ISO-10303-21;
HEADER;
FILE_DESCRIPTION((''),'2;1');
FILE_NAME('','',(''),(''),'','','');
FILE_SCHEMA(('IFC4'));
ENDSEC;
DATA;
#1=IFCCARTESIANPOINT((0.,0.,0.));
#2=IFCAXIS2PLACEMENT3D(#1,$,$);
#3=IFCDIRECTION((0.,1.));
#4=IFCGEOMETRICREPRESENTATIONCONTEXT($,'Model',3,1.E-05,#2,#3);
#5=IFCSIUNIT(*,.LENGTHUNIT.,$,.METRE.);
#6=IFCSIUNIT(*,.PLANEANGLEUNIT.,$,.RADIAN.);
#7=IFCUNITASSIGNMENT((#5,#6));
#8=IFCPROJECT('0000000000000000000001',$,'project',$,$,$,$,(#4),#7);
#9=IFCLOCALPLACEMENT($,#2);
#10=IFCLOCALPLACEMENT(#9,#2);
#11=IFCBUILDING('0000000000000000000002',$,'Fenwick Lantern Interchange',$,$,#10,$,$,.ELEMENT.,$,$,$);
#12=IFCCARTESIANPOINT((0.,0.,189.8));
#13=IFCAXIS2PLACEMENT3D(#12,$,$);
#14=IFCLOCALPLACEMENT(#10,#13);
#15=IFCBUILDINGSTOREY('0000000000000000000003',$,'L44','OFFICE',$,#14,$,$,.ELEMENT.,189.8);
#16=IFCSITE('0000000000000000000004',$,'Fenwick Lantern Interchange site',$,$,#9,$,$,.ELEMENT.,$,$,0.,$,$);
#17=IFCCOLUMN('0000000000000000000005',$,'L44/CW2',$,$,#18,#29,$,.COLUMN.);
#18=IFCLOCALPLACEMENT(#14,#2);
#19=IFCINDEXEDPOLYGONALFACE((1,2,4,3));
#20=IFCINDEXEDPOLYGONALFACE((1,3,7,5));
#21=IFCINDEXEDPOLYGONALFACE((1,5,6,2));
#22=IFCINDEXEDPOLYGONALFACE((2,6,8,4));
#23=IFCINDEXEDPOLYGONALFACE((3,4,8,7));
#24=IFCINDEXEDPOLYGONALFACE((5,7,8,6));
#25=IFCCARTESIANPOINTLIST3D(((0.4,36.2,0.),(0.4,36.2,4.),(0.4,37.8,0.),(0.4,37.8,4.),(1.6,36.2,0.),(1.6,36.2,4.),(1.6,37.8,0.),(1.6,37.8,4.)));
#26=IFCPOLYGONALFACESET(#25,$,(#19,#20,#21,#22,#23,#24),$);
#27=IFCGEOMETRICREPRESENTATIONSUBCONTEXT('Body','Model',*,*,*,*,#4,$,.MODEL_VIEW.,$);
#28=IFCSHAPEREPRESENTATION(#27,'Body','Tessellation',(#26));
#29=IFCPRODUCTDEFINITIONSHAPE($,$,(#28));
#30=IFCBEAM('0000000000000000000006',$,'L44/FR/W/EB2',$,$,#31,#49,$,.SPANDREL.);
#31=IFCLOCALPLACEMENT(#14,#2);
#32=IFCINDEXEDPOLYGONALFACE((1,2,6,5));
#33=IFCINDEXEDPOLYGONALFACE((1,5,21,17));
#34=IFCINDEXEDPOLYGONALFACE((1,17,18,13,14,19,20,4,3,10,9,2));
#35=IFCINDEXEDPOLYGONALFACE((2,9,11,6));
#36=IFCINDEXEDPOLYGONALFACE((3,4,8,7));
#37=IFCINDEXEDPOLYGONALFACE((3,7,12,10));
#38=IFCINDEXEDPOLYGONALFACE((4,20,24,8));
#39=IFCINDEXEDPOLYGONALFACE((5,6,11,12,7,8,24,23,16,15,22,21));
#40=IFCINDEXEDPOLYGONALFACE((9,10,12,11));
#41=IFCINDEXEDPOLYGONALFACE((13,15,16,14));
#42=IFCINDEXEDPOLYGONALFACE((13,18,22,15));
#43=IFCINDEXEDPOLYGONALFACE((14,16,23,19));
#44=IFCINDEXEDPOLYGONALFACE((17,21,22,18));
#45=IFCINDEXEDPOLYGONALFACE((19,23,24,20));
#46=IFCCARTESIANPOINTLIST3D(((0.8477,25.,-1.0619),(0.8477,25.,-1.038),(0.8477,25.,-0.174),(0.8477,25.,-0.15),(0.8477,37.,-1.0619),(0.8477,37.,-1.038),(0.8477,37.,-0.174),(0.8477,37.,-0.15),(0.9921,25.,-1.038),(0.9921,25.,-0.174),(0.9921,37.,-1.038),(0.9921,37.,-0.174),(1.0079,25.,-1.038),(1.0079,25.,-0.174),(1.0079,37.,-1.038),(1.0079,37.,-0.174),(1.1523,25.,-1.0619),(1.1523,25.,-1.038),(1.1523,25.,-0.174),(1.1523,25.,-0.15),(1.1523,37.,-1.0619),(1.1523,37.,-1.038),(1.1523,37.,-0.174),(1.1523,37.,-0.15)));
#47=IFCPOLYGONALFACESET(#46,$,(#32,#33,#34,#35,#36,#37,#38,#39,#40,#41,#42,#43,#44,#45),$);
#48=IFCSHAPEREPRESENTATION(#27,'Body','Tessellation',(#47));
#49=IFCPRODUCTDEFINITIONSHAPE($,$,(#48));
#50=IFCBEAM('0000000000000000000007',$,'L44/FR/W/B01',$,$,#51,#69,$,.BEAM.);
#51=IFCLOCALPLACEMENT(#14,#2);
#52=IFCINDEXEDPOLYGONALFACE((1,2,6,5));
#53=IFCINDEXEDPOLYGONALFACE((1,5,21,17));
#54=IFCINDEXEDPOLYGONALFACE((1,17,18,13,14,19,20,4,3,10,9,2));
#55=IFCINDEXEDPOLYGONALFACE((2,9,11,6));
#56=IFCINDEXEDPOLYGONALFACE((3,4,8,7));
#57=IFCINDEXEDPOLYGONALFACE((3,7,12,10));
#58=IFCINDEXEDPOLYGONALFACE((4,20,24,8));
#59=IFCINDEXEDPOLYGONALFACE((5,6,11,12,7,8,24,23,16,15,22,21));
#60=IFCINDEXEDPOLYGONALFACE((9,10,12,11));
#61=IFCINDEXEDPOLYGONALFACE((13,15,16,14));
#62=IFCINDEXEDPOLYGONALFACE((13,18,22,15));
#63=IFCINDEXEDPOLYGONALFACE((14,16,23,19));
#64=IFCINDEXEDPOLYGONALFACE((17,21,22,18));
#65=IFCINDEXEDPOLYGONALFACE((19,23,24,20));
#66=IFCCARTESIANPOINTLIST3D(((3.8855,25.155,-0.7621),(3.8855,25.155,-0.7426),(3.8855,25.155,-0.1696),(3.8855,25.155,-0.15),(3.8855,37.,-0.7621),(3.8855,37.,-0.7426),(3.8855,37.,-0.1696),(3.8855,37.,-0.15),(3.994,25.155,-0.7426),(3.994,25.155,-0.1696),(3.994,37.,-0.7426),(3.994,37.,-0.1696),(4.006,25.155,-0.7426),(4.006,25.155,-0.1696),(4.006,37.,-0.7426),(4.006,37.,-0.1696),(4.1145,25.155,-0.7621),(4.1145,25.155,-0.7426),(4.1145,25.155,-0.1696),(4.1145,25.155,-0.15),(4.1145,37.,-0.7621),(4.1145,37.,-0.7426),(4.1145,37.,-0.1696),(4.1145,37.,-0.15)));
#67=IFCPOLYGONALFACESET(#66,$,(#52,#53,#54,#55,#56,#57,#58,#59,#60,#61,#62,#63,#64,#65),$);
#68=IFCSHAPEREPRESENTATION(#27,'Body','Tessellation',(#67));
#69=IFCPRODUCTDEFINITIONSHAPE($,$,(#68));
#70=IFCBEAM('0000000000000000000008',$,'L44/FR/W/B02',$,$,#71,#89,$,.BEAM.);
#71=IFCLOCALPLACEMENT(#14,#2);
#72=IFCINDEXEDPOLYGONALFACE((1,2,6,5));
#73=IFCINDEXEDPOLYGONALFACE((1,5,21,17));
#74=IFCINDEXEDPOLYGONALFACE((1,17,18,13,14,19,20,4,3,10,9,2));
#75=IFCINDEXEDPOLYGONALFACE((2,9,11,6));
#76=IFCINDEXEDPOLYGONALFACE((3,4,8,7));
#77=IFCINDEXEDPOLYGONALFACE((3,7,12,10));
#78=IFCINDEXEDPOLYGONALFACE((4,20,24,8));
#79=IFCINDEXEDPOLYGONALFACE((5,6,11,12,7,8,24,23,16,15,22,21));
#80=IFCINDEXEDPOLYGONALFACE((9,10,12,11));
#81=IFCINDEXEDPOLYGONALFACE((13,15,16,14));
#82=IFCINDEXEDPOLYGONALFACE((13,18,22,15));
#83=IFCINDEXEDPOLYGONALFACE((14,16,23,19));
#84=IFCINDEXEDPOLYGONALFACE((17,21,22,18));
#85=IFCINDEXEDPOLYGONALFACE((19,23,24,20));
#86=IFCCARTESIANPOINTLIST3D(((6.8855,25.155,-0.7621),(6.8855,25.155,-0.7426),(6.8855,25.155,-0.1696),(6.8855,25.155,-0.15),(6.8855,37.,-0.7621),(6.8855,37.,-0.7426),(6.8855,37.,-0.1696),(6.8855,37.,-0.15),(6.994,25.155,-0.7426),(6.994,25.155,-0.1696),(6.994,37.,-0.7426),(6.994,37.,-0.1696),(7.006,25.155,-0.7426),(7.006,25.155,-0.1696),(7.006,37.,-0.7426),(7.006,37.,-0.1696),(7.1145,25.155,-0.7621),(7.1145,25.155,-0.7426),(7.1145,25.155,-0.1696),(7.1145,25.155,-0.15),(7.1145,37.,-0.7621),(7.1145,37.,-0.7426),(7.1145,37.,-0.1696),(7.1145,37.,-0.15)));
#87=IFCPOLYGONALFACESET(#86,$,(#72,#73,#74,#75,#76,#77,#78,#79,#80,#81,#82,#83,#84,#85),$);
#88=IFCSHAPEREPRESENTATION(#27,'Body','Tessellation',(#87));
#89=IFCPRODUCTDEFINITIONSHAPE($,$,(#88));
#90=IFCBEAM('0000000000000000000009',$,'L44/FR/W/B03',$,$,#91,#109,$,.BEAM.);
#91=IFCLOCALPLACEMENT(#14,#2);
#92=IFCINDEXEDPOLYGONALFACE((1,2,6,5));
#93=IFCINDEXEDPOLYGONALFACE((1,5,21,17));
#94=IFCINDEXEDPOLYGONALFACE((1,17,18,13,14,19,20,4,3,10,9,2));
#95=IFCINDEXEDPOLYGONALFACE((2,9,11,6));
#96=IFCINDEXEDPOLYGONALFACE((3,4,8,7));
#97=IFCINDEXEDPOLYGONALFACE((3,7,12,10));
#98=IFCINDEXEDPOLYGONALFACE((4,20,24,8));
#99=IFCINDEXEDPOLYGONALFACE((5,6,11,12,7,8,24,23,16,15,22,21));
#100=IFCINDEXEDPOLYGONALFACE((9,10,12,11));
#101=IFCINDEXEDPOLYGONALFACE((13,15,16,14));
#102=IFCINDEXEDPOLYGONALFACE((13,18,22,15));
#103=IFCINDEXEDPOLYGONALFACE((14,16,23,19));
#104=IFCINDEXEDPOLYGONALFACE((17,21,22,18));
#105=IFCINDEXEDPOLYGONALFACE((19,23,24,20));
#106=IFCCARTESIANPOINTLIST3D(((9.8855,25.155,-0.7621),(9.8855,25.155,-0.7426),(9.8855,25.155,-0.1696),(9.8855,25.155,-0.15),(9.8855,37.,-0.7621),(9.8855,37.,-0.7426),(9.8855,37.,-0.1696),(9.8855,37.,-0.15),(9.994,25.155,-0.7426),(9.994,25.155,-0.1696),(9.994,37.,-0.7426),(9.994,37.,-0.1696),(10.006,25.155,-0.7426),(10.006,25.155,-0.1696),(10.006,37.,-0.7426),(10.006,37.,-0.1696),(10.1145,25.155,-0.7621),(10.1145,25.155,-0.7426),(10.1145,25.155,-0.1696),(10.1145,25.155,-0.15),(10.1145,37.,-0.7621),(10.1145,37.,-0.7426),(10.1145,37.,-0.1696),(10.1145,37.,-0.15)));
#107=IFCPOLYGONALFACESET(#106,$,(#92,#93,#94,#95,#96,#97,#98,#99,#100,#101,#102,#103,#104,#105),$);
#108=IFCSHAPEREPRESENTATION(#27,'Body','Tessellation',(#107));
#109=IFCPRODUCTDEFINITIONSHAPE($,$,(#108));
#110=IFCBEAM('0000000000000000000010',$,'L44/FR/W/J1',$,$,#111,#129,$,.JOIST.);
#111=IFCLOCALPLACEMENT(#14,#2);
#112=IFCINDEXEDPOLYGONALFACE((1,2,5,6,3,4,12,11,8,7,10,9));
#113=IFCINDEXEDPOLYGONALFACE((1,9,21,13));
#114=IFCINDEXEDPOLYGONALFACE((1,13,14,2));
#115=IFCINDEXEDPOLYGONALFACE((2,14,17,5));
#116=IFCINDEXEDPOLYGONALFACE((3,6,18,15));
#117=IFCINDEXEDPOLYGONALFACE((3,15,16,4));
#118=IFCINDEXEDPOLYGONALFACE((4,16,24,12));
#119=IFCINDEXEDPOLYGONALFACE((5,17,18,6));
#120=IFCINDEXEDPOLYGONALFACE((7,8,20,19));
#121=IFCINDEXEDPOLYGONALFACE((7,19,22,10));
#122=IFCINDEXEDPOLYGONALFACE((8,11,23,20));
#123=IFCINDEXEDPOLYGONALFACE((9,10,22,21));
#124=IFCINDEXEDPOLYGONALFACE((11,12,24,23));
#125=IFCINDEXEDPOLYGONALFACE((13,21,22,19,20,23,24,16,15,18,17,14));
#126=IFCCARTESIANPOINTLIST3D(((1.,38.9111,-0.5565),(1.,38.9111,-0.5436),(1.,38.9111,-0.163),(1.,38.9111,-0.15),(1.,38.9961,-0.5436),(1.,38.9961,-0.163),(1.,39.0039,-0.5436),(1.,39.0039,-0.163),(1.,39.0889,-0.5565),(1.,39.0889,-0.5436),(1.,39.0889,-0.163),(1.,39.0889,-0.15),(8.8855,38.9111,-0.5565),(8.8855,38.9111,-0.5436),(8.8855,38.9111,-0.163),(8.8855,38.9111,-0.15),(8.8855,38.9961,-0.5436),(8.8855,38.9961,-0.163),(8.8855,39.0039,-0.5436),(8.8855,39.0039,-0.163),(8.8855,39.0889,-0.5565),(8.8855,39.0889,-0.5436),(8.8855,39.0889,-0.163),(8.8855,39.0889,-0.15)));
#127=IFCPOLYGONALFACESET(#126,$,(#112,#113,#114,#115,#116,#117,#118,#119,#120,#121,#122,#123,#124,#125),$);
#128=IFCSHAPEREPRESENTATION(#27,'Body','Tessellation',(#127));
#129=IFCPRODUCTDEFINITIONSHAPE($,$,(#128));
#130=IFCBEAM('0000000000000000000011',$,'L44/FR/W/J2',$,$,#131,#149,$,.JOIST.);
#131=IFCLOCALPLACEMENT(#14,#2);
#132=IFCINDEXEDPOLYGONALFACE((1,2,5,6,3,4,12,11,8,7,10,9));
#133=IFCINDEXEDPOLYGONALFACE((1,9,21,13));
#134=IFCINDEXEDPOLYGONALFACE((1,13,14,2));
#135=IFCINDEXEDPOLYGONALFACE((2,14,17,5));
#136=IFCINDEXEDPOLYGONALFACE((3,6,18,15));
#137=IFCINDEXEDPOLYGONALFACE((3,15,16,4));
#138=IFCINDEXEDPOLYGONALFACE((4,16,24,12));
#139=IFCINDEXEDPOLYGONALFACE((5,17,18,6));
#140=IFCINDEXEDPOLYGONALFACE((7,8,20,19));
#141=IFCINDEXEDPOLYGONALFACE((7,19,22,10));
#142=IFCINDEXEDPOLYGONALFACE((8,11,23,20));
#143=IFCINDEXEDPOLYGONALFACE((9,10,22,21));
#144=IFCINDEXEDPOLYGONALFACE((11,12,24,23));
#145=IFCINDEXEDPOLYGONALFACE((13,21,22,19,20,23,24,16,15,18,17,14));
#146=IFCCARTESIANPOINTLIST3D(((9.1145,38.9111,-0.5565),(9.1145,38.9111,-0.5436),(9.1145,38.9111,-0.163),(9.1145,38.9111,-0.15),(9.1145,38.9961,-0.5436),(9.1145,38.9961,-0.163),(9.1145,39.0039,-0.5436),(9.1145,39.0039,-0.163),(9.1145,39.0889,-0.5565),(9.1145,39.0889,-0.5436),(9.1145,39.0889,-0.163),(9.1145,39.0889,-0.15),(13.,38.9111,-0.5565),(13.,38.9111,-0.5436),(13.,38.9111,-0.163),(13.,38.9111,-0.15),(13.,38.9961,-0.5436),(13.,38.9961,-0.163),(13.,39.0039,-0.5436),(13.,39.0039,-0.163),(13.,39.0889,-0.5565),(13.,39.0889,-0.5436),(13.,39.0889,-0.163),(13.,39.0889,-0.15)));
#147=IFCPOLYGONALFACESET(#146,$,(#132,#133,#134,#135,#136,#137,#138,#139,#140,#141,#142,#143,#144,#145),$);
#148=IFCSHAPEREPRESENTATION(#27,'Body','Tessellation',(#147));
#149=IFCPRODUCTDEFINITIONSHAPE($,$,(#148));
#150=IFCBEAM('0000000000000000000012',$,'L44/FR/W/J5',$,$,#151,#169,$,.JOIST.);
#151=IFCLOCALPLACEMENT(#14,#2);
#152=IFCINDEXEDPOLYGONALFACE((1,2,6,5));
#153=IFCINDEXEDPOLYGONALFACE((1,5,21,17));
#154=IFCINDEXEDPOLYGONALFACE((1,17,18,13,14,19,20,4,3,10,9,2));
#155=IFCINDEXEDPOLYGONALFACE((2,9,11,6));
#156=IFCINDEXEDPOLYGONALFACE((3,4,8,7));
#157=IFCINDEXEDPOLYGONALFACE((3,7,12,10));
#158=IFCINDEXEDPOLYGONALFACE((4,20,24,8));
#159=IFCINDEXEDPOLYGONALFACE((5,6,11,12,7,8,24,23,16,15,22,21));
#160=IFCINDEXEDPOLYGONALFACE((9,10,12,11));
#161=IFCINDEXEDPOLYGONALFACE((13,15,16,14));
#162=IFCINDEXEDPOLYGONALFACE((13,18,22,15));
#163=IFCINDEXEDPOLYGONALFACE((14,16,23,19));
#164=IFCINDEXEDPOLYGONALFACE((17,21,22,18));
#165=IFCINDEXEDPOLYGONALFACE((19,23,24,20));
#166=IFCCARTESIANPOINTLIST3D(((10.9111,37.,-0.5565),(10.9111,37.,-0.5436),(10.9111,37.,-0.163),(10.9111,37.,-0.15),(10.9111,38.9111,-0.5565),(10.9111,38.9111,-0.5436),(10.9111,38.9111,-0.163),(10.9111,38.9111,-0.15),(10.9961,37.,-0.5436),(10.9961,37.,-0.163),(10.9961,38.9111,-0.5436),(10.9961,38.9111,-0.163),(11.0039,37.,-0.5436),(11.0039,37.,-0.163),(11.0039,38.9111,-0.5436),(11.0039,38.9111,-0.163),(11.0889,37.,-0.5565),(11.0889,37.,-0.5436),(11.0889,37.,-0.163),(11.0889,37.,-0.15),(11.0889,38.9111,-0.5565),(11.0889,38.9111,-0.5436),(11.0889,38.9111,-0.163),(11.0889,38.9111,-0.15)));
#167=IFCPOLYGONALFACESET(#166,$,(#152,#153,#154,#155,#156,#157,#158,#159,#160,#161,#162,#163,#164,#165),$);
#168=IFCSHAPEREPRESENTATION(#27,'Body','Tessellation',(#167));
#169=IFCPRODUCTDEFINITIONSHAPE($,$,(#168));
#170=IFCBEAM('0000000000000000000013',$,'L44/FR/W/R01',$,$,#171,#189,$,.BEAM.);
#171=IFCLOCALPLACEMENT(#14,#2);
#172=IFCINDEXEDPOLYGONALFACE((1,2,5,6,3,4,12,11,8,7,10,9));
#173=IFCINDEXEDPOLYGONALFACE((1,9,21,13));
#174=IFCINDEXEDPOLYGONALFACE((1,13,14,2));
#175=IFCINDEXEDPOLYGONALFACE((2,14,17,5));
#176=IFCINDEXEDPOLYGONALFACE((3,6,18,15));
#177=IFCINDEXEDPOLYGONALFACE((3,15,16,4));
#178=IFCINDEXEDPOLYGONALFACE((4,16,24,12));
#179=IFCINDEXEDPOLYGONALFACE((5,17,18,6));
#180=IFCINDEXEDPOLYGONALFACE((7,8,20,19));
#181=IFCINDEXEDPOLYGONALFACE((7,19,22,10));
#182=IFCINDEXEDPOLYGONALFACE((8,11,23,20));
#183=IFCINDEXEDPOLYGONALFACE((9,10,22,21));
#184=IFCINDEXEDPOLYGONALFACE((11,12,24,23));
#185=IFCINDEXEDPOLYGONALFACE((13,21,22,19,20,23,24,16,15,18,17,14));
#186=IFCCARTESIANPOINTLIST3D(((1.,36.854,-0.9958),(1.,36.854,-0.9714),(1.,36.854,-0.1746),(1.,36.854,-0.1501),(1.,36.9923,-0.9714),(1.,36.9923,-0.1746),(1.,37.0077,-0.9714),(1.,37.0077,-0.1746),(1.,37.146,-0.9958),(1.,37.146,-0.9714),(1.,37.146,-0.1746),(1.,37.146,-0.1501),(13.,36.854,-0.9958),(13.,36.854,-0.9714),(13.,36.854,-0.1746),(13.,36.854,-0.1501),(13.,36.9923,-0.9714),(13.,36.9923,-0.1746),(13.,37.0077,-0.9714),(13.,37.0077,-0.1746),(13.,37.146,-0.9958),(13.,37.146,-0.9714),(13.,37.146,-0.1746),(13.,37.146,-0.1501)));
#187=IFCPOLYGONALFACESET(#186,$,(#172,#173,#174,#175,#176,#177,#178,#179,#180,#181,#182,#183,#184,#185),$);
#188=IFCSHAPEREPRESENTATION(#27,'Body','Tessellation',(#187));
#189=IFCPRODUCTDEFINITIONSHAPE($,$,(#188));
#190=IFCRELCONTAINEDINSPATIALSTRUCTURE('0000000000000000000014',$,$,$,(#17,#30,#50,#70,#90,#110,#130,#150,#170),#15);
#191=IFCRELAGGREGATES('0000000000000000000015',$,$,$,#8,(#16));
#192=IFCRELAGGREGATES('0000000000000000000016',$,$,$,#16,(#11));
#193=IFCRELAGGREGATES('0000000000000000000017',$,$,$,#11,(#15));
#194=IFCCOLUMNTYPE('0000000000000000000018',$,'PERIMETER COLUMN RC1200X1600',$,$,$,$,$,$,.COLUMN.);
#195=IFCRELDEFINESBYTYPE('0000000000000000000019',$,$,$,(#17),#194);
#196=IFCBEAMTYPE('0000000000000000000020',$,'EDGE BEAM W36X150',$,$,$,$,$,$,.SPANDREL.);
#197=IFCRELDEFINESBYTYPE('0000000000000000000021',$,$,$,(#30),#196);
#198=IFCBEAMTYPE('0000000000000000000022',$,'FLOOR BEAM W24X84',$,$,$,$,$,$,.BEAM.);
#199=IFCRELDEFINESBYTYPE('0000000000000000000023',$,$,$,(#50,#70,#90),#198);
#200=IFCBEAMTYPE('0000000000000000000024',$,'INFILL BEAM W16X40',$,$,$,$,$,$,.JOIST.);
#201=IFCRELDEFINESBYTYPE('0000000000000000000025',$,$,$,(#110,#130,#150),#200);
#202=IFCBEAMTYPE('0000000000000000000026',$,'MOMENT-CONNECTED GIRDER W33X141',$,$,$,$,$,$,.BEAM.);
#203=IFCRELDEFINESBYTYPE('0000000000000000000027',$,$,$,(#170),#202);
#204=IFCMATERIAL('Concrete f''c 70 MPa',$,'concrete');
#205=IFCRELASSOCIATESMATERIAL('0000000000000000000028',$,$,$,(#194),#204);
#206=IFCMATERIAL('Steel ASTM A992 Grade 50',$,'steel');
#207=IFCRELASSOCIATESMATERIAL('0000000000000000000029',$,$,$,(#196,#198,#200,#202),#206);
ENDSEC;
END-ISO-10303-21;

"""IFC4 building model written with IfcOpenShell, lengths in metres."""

from ifc_helpers import new_model, si_unit, direction, frame, origin, origin_2d, place, context, subcontext, project, spatial, rectangle, i_section, extrude, material, material_profile, profile_set, type_object, element, save


model = new_model("IFC4")

# Units and contexts
model_context = context("Model", 3, precision=1e-05, world=origin(), true_north=direction((0.0, 1.0)))
body_context = subcontext(model_context, "Body", "Model", "MODEL_VIEW")
ifc_project = project(units=[si_unit("LENGTHUNIT", "METRE"), si_unit("PLANEANGLEUNIT", "RADIAN")], contexts=[model_context])

# Site, building, storey
site_placement = place(None, origin())
site = spatial("IfcSite", under=ifc_project, at=site_placement, Name="Fenwick Lantern Interchange site", CompositionType="ELEMENT", RefElevation=0.0)
building_placement = place(site_placement, origin())
building = spatial("IfcBuilding", under=site, at=building_placement, Name="Fenwick Lantern Interchange", CompositionType="ELEMENT")
storey_placement = place(building_placement, frame((0.0, 0.0, 189.8)))
storey = spatial("IfcBuildingStorey", under=building, at=storey_placement, Name="L44", Description="OFFICE", CompositionType="ELEMENT", Elevation=189.8)

# Column
ifc_material_1 = material(Name="Concrete f'c 70 MPa", Category="concrete")
ifc_material_profile_1 = material_profile(ifc_material_1, rectangle(XDim=1.2, YDim=1.6001, at=origin_2d()), Name="RC1200X1600")
ifc_profile_set_1 = profile_set([ifc_material_profile_1], Name="Concrete f'c 70 MPa")
column_type = type_object("IfcColumnType", Name="PERIMETER COLUMN RC1200X1600", PredefinedType="COLUMN", material=ifc_profile_set_1)
column_placement = place(storey_placement, frame((1.0, 37.0, 0.0), z_axis=(0.0, 0.0, 1.0), x_axis=(1.0, 0.0, 0.0)))
element("IfcColumn", 1, at=column_placement, inside=storey, type_object=column_type, Name="L44/CW2", PredefinedType="COLUMN", context=body_context, shape_type="SweptSolid", body=[
    extrude(rectangle(XDim=1.2, YDim=1.6001, at=origin_2d()), origin(), (0.0, 0.0, 1.0), 4.0),
])

# Beams
ifc_material_2 = material(Name="Steel ASTM A992 Grade 50", Category="steel")
ifc_material_profile_2 = material_profile(ifc_material_2, i_section(OverallWidth=0.3047, OverallDepth=0.9119, WebThickness=0.0159, FlangeThickness=0.0239, at=origin_2d()), Name="W36X150")
ifc_profile_set_2 = profile_set([ifc_material_profile_2], Name="Steel ASTM A992 Grade 50")
beam_type_1 = type_object("IfcBeamType", Name="EDGE BEAM W36X150", PredefinedType="SPANDREL", material=ifc_profile_set_2)
beam_1_placement = place(storey_placement, frame((1.0, 37.0, -0.606), z_axis=(0.0, -1.0, 0.0), x_axis=(1.0, 0.0, 0.0)))
element("IfcBeam", 2, at=beam_1_placement, inside=storey, type_object=beam_type_1, Name="L44/FR/W/EB2", PredefinedType="SPANDREL", context=body_context, shape_type="SweptSolid", body=[
    extrude(i_section(OverallWidth=0.3047, OverallDepth=0.9119, WebThickness=0.0159, FlangeThickness=0.0239, at=origin_2d()), origin(), (0.0, 0.0, 1.0), 12.0),
])
ifc_material_profile_3 = material_profile(ifc_material_2, i_section(OverallWidth=0.229, OverallDepth=0.6121, WebThickness=0.012, FlangeThickness=0.0195, at=origin_2d()), Name="W24X84")
ifc_profile_set_3 = profile_set([ifc_material_profile_3], Name="Steel ASTM A992 Grade 50")
beam_type_2 = type_object("IfcBeamType", Name="FLOOR BEAM W24X84", PredefinedType="BEAM", material=ifc_profile_set_3)
for number, where, z_axis, x_axis, name in (
    (3, (4.0, 37.0, -0.4561), (0.0, -1.0, 0.0), (1.0, 0.0, 0.0), "L44/FR/W/B01"),
    (4, (7.0, 37.0, -0.4561), (0.0, -1.0, 0.0), (1.0, 0.0, 0.0), "L44/FR/W/B02"),
    (5, (10.0, 37.0, -0.4561), (0.0, -1.0, 0.0), (1.0, 0.0, 0.0), "L44/FR/W/B03"),
):
    element("IfcBeam", number, at=place(storey_placement, frame(where, z_axis=z_axis, x_axis=x_axis)), inside=storey, type_object=beam_type_2, Name=name, PredefinedType="BEAM", context=body_context, shape_type="SweptSolid", body=[
        extrude(i_section(OverallWidth=0.229, OverallDepth=0.6121, WebThickness=0.012, FlangeThickness=0.0195, at=origin_2d()), origin(), (0.0, 0.0, 1.0), 11.845),
    ])
ifc_material_profile_4 = material_profile(ifc_material_2, i_section(OverallWidth=0.1777, OverallDepth=0.4065, WebThickness=0.0078, FlangeThickness=0.0129, at=origin_2d()), Name="W16X40")
ifc_profile_set_4 = profile_set([ifc_material_profile_4], Name="Steel ASTM A992 Grade 50")
beam_type_3 = type_object("IfcBeamType", Name="INFILL BEAM W16X40", PredefinedType="JOIST", material=ifc_profile_set_4)
beam_2_placement = place(storey_placement, frame((1.0, 39.0, -0.3533), z_axis=(1.0, 0.0, 0.0), x_axis=(0.0, 1.0, 0.0)))
element("IfcBeam", 6, at=beam_2_placement, inside=storey, type_object=beam_type_3, Name="L44/FR/W/J1", PredefinedType="JOIST", context=body_context, shape_type="SweptSolid", body=[
    extrude(i_section(OverallWidth=0.1777, OverallDepth=0.4065, WebThickness=0.0078, FlangeThickness=0.0129, at=origin_2d()), origin(), (0.0, 0.0, 1.0), 7.8855),
])
beam_3_placement = place(storey_placement, frame((9.1145, 39.0, -0.3533), z_axis=(1.0, 0.0, 0.0), x_axis=(0.0, 1.0, 0.0)))
element("IfcBeam", 7, at=beam_3_placement, inside=storey, type_object=beam_type_3, Name="L44/FR/W/J2", PredefinedType="JOIST", context=body_context, shape_type="SweptSolid", body=[
    extrude(i_section(OverallWidth=0.1777, OverallDepth=0.4065, WebThickness=0.0078, FlangeThickness=0.0129, at=origin_2d()), origin(), (0.0, 0.0, 1.0), 3.8855),
])
beam_4_placement = place(storey_placement, frame((11.0, 38.9111, -0.3533), z_axis=(0.0, -1.0, 0.0), x_axis=(1.0, 0.0, 0.0)))
element("IfcBeam", 8, at=beam_4_placement, inside=storey, type_object=beam_type_3, Name="L44/FR/W/J5", PredefinedType="JOIST", context=body_context, shape_type="SweptSolid", body=[
    extrude(i_section(OverallWidth=0.1777, OverallDepth=0.4065, WebThickness=0.0078, FlangeThickness=0.0129, at=origin_2d()), origin(), (0.0, 0.0, 1.0), 1.9111),
])
ifc_material_profile_5 = material_profile(ifc_material_2, i_section(OverallWidth=0.292, OverallDepth=0.8457, WebThickness=0.0154, FlangeThickness=0.0244, at=origin_2d()), Name="W33X141")
ifc_profile_set_5 = profile_set([ifc_material_profile_5], Name="Steel ASTM A992 Grade 50")
beam_type_4 = type_object("IfcBeamType", Name="MOMENT-CONNECTED GIRDER W33X141", PredefinedType="BEAM", material=ifc_profile_set_5)
beam_5_placement = place(storey_placement, frame((1.0, 37.0, -0.573), z_axis=(1.0, 0.0, 0.0), x_axis=(0.0, 1.0, 0.0)))
element("IfcBeam", 9, at=beam_5_placement, inside=storey, type_object=beam_type_4, Name="L44/FR/W/R01", PredefinedType="BEAM", context=body_context, shape_type="SweptSolid", body=[
    extrude(i_section(OverallWidth=0.292, OverallDepth=0.8457, WebThickness=0.0154, FlangeThickness=0.0244, at=origin_2d()), origin(), (0.0, 0.0, 1.0), 12.0),
])

save(model, "model.ifc")
